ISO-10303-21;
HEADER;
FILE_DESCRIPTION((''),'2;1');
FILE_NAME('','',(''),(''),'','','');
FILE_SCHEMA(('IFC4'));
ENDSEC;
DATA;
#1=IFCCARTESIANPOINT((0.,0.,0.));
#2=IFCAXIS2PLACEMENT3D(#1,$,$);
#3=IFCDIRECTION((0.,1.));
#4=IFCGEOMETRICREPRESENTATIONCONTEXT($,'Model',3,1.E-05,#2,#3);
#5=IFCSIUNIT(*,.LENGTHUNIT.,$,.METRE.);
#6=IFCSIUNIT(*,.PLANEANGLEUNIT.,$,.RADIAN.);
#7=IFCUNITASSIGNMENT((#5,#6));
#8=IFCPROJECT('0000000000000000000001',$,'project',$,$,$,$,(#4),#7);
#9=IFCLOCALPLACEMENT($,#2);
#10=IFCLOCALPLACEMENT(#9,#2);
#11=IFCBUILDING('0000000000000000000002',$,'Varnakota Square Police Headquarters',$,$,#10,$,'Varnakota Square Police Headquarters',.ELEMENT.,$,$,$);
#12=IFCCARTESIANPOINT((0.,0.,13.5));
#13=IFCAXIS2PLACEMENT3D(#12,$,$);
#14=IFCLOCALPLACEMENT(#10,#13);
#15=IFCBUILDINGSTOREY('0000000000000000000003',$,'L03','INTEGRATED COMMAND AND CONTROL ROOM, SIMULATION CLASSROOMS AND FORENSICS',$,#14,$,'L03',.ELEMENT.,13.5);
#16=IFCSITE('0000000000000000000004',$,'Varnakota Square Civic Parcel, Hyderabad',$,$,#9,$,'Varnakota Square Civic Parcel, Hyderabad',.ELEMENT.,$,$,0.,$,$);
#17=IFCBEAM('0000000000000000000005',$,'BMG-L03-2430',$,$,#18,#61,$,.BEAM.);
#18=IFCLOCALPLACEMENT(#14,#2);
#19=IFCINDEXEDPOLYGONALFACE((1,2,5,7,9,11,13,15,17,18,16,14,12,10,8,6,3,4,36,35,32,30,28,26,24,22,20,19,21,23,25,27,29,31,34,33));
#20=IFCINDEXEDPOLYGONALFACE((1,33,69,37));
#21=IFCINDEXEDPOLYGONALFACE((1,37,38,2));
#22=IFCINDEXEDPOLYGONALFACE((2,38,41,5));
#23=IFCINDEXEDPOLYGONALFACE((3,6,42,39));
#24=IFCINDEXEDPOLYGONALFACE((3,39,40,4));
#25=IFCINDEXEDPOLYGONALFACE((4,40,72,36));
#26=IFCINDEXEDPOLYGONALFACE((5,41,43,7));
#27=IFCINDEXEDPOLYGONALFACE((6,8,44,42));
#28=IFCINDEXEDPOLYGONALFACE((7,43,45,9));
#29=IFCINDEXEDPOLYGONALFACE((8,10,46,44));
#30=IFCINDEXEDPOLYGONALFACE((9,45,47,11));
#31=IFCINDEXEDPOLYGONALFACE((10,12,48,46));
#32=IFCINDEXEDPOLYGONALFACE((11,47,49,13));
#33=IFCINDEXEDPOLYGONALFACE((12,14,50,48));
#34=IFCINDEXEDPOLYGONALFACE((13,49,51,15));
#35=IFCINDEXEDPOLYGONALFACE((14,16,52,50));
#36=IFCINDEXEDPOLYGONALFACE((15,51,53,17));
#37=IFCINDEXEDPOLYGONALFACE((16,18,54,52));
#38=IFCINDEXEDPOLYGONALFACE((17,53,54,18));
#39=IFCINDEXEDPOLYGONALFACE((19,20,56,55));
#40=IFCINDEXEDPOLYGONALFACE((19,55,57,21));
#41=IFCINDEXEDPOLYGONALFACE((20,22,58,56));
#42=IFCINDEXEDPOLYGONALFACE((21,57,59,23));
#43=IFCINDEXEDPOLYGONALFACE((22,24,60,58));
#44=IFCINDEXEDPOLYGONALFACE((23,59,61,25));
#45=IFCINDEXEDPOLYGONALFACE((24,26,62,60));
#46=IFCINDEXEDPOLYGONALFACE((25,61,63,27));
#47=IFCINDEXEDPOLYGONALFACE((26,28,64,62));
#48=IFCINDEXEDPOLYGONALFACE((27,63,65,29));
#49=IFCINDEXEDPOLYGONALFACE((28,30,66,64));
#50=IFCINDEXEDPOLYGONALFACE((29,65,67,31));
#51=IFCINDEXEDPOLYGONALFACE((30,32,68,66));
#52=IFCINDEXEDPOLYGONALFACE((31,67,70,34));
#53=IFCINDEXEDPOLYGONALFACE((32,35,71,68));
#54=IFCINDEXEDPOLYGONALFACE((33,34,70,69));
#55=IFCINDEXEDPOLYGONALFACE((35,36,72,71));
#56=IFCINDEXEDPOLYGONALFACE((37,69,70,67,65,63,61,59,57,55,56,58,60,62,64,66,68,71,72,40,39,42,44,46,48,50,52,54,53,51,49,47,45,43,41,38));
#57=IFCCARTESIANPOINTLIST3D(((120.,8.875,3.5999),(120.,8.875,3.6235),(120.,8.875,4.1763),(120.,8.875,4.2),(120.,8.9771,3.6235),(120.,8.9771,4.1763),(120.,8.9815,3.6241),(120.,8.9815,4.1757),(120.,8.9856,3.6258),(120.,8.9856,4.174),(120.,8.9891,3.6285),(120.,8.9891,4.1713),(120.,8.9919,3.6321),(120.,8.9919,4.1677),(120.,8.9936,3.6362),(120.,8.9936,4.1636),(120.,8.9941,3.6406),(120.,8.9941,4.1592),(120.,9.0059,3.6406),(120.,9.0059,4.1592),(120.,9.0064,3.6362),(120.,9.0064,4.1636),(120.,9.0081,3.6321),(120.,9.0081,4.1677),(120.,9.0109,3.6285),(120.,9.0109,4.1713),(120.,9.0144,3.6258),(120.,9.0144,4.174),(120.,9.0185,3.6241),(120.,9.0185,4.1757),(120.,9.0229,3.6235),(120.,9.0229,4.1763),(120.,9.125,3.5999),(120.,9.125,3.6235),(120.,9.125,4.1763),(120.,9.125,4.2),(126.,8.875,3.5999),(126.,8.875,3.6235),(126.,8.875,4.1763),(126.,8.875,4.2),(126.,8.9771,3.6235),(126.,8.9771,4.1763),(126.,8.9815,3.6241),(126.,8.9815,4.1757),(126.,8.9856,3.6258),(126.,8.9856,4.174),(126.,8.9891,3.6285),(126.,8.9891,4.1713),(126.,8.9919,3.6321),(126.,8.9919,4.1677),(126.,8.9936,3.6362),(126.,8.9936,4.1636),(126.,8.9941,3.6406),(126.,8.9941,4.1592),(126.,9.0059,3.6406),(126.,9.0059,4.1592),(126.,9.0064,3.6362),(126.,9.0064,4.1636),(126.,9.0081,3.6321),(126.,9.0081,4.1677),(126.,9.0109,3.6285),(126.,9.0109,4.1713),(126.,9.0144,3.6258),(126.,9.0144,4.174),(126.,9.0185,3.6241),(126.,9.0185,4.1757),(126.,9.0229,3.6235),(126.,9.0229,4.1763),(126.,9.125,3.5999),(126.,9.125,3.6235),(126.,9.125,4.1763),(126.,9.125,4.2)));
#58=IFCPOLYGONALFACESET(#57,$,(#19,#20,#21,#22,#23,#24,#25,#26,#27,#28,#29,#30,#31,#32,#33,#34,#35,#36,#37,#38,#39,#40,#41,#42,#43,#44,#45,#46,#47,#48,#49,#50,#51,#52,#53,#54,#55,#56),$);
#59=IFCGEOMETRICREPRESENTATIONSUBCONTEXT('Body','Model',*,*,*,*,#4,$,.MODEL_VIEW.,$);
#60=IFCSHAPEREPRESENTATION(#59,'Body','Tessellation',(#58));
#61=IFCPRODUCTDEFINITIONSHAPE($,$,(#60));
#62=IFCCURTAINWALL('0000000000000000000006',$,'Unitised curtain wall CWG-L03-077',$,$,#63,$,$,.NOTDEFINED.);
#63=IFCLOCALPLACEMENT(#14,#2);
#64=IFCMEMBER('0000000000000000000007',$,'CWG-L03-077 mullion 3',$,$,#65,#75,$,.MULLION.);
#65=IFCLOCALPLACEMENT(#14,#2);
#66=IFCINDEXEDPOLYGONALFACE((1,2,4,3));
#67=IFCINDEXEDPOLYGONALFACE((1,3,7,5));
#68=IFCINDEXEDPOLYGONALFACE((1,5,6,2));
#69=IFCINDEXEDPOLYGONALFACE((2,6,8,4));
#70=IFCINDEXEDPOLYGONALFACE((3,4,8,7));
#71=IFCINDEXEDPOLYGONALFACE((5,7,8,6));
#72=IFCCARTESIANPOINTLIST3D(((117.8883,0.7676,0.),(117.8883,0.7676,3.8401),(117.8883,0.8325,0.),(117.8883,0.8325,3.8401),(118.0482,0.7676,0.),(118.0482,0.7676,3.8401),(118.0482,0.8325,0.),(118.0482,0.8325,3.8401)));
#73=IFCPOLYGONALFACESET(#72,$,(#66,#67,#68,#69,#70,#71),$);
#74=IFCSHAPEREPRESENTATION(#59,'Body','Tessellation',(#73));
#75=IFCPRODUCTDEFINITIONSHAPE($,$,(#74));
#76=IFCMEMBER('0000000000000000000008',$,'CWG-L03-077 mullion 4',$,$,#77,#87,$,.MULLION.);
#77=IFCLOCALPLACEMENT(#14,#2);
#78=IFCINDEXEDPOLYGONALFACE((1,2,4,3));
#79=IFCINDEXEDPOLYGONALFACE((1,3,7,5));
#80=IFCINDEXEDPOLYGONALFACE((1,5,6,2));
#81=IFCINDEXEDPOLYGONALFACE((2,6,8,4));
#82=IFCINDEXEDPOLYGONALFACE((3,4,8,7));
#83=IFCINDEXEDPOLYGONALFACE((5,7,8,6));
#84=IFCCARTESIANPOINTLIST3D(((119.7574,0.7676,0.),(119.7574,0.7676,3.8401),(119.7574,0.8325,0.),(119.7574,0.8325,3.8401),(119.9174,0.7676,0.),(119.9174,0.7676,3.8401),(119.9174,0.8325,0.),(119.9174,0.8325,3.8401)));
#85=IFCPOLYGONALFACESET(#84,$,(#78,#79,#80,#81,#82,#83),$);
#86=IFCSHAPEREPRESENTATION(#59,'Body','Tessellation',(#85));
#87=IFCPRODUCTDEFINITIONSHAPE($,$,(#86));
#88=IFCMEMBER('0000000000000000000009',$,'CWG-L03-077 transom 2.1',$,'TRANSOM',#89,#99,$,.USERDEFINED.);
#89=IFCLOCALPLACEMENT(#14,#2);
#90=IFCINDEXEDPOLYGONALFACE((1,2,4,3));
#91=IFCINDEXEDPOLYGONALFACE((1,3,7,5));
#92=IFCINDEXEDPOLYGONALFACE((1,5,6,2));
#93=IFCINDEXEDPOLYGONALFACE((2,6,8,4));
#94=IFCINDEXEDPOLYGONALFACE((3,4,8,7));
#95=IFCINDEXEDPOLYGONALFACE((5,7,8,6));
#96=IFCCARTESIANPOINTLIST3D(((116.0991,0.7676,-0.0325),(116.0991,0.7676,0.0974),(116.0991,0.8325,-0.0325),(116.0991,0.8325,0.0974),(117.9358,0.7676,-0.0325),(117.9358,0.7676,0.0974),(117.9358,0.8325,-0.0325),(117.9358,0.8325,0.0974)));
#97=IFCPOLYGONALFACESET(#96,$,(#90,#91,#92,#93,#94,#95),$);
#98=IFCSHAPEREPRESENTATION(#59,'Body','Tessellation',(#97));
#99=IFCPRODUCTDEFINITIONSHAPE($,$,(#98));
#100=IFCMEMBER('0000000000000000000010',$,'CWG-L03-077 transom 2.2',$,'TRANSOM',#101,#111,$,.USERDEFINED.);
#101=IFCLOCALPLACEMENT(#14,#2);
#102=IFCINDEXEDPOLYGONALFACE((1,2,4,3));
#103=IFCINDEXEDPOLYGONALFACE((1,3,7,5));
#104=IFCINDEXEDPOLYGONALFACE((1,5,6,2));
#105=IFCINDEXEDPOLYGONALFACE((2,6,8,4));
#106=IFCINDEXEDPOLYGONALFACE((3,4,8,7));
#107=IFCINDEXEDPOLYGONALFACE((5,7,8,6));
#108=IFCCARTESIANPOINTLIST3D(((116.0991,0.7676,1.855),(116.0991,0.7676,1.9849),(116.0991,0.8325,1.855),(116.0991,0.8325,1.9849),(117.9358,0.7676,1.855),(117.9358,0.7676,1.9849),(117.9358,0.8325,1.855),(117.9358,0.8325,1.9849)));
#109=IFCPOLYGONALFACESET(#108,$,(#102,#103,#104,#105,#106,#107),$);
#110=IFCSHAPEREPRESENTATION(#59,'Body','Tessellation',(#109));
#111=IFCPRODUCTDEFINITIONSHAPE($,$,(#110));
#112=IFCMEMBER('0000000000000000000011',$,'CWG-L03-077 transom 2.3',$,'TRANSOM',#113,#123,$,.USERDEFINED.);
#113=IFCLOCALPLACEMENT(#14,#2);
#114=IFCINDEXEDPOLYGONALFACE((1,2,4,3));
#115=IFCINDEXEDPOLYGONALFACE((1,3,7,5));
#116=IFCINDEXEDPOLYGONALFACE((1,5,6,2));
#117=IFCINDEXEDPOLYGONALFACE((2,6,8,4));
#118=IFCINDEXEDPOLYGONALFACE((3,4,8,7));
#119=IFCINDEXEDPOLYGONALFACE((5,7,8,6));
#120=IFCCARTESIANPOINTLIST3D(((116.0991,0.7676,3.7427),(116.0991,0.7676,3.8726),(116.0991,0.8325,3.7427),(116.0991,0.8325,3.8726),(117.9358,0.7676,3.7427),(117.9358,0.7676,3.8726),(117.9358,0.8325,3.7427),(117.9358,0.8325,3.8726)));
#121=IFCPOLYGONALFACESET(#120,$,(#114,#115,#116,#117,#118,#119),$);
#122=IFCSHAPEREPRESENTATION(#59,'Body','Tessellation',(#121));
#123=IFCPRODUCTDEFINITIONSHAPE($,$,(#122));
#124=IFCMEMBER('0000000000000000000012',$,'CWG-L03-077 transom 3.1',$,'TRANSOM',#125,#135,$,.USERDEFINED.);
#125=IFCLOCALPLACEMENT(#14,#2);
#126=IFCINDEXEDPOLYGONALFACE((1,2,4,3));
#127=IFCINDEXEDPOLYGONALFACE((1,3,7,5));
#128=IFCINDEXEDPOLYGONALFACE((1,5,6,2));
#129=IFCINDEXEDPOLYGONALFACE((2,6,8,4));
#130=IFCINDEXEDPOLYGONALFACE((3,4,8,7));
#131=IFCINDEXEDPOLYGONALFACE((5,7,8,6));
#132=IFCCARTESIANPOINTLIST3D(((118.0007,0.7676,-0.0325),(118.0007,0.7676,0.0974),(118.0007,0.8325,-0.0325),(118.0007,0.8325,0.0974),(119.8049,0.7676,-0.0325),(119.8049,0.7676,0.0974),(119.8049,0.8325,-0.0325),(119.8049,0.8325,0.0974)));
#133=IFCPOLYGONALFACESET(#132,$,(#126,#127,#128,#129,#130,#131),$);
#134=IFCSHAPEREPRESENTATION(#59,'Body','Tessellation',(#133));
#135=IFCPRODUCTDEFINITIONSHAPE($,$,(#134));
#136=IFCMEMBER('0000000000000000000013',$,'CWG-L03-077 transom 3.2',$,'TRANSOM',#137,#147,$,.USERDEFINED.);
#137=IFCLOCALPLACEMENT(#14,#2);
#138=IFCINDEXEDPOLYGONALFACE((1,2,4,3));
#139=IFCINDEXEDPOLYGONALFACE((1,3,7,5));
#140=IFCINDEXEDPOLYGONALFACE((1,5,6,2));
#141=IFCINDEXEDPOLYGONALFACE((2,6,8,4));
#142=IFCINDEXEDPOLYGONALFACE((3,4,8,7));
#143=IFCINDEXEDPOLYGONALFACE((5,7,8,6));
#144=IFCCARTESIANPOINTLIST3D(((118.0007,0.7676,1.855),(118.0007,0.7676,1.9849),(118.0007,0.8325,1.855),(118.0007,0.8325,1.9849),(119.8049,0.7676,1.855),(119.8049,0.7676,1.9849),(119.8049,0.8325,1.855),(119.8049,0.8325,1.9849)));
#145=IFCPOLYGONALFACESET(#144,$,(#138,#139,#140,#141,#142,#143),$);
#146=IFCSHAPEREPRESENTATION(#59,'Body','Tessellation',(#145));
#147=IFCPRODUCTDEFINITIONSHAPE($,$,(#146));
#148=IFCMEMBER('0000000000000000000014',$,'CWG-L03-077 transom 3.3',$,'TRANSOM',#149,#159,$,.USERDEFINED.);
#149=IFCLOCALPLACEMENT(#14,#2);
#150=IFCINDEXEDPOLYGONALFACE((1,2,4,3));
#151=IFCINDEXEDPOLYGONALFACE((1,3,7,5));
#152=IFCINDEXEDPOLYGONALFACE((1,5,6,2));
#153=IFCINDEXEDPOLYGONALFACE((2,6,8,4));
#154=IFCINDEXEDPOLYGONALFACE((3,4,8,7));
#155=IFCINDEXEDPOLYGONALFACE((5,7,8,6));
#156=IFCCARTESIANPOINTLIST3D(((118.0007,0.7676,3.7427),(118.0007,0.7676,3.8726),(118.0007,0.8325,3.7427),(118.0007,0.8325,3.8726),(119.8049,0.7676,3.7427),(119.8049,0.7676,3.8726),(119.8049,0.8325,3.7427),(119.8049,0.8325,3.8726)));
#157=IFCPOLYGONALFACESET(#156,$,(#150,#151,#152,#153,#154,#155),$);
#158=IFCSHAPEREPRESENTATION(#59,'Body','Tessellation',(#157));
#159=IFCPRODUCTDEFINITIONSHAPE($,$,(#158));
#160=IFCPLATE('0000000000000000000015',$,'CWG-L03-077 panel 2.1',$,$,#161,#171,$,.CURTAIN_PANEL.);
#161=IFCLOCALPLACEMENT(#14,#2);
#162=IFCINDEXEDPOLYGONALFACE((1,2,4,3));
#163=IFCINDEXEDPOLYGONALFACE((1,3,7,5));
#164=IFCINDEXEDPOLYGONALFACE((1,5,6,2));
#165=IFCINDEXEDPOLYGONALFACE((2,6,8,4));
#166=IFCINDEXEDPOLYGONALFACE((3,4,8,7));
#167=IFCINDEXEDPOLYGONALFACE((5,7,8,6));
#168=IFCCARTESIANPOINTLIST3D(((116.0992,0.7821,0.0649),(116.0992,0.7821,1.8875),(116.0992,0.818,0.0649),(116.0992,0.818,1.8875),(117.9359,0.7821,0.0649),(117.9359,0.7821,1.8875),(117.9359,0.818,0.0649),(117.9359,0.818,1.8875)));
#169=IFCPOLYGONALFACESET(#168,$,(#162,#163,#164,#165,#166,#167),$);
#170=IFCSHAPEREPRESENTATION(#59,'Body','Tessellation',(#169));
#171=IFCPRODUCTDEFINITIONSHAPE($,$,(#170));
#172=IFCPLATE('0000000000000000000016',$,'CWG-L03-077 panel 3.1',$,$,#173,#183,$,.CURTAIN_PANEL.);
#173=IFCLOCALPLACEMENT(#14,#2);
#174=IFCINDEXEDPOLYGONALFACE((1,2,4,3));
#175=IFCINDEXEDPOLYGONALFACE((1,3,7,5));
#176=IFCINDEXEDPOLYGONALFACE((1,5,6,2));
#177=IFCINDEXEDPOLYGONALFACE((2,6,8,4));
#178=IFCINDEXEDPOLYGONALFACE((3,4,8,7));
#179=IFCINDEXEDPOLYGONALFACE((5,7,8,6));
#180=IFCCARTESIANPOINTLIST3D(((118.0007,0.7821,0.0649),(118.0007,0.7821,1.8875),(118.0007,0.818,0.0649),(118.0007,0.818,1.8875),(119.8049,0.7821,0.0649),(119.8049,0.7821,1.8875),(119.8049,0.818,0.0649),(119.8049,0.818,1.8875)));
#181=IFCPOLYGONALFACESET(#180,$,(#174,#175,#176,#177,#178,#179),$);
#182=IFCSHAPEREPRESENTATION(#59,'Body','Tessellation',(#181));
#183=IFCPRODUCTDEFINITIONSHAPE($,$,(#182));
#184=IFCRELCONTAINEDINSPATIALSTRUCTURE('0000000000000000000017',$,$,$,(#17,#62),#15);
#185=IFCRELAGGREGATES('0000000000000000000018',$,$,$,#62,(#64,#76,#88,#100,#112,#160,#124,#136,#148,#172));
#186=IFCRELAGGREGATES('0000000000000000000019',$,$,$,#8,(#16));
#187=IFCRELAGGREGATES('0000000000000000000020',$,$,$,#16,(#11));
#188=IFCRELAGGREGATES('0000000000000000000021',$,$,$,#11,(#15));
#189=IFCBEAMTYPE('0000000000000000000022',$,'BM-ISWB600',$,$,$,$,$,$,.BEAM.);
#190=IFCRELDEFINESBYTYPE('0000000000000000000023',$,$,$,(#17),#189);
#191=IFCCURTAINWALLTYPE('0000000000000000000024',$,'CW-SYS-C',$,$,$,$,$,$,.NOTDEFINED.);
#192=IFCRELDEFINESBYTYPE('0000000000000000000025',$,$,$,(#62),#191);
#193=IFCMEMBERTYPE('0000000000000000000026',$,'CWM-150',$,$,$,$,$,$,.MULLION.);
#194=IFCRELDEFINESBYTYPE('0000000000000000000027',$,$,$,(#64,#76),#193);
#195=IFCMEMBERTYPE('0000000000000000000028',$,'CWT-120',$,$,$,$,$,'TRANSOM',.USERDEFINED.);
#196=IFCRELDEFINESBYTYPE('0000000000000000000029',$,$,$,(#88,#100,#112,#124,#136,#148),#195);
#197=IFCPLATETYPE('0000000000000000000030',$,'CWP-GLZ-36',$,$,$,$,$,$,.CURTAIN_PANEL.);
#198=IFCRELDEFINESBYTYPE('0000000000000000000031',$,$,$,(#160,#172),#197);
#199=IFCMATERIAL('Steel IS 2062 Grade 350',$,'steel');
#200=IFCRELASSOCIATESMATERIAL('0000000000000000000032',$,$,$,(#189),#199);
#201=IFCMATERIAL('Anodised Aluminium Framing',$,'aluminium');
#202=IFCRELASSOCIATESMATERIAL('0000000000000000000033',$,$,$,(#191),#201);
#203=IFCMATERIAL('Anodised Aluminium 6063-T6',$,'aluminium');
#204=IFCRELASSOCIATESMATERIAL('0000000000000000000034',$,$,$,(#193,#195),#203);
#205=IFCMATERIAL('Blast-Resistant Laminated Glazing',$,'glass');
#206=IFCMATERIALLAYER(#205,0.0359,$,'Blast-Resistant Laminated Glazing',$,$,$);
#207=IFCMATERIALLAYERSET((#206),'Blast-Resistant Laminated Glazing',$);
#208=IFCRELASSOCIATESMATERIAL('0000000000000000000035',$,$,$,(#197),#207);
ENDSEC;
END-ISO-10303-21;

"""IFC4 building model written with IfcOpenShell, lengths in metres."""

from ifc_helpers import new_model, si_unit, direction, frame, origin, origin_2d, place, context, subcontext, project, spatial, rectangle, i_section, extrude, material, layer, layer_set, material_profile, profile_set, type_object, element, aggregate, save


model = new_model("IFC4")

# Units and contexts
model_context = context("Model", 3, precision=1e-05, world=origin(), true_north=direction((0.0, 1.0)))
body_context = subcontext(model_context, "Body", "Model", "MODEL_VIEW")
ifc_project = project(units=[si_unit("LENGTHUNIT", "METRE"), si_unit("PLANEANGLEUNIT", "RADIAN")], contexts=[model_context])

# Site, building, storey
site_placement = place(None, origin())
site = spatial("IfcSite", under=ifc_project, at=site_placement, Name="Varnakota Square Civic Parcel, Hyderabad", LongName="Varnakota Square Civic Parcel, Hyderabad", CompositionType="ELEMENT", RefElevation=0.0)
building_placement = place(site_placement, origin())
building = spatial("IfcBuilding", under=site, at=building_placement, Name="Varnakota Square Police Headquarters", LongName="Varnakota Square Police Headquarters", CompositionType="ELEMENT")
storey_placement = place(building_placement, frame((0.0, 0.0, 13.5)))
storey = spatial("IfcBuildingStorey", under=building, at=storey_placement, Name="L03", Description="INTEGRATED COMMAND AND CONTROL ROOM, SIMULATION CLASSROOMS AND FORENSICS", LongName="L03", CompositionType="ELEMENT", Elevation=13.5)

# Shared definitions
ifc_material_1 = material(Name="Steel IS 2062 Grade 350", Category="steel")

# Beam
ifc_material_profile_1 = material_profile(ifc_material_1, i_section(OverallWidth=0.25, OverallDepth=0.6001, WebThickness=0.0117, FlangeThickness=0.0237, FilletRadius=0.0171, at=origin_2d()), Name="ISWB 600")
ifc_profile_set_1 = profile_set([ifc_material_profile_1], Name="Steel IS 2062 Grade 350")
beam_type_1 = type_object("IfcBeamType", Name="BM-ISWB600", PredefinedType="BEAM", material=ifc_profile_set_1)
beam_1_placement = place(storey_placement, frame((120.0, 9.0, 3.8999), z_axis=(1.0, 0.0, 0.0), x_axis=(0.0, 1.0, 0.0)))
element("IfcBeam", 1, at=beam_1_placement, inside=storey, type_object=beam_type_1, Name="BMG-L03-2430", PredefinedType="BEAM", context=body_context, shape_type="SweptSolid", body=[
    extrude(i_section(OverallWidth=0.25, OverallDepth=0.6001, WebThickness=0.0117, FlangeThickness=0.0237, FilletRadius=0.0171, at=origin_2d()), origin(), (0.0, 0.0, 1.0), 6.0),
])

# Curtain wall, members, plates
ifc_material_2 = material(Name="Anodised Aluminium Framing", Category="aluminium")
curtain_wall_type = type_object("IfcCurtainWallType", Name="CW-SYS-C", PredefinedType="NOTDEFINED", material=ifc_material_2)
curtain_wall_placement = place(storey_placement, origin())
curtain_wall = element("IfcCurtainWall", 2, at=curtain_wall_placement, inside=storey, type_object=curtain_wall_type, Name="Unitised curtain wall CWG-L03-077", PredefinedType="NOTDEFINED")
ifc_material_3 = material(Name="Anodised Aluminium 6063-T6", Category="aluminium")
ifc_material_profile_2 = material_profile(ifc_material_3, rectangle(XDim=0.0649, YDim=0.1599, at=origin_2d()), Name="ALU MULLION 65x160")
ifc_profile_set_2 = profile_set([ifc_material_profile_2], Name="Anodised Aluminium 6063-T6")
member_type_1 = type_object("IfcMemberType", Name="CWM-150", PredefinedType="MULLION", material=ifc_profile_set_2)
member_1_placement = place(storey_placement, frame((117.9683, 0.8, 0.0), z_axis=(0.0, 0.0, 1.0), x_axis=(0.0, 1.0, 0.0)))
member_1 = element("IfcMember", 3, at=member_1_placement, type_object=member_type_1, Name="CWG-L03-077 mullion 3", PredefinedType="MULLION", context=body_context, shape_type="SweptSolid", body=[
    extrude(rectangle(XDim=0.0649, YDim=0.1599, at=origin_2d()), origin(), (0.0, 0.0, 1.0), 3.8401),
])
member_2_placement = place(storey_placement, frame((119.8374, 0.8, 0.0), z_axis=(0.0, 0.0, 1.0), x_axis=(0.0, 1.0, 0.0)))
member_2 = element("IfcMember", 4, at=member_2_placement, type_object=member_type_1, Name="CWG-L03-077 mullion 4", PredefinedType="MULLION", context=body_context, shape_type="SweptSolid", body=[
    extrude(rectangle(XDim=0.0649, YDim=0.1599, at=origin_2d()), origin(), (0.0, 0.0, 1.0), 3.8401),
])
ifc_material_profile_3 = material_profile(ifc_material_3, rectangle(XDim=0.0649, YDim=0.1299, at=origin_2d()), Name="ALU TRANSOM 65x130")
ifc_profile_set_3 = profile_set([ifc_material_profile_3], Name="Anodised Aluminium 6063-T6")
member_type_2 = type_object("IfcMemberType", Name="CWT-120", ElementType="TRANSOM", PredefinedType="USERDEFINED", material=ifc_profile_set_3)
member_3_placement = place(storey_placement, frame((116.0991, 0.8, 0.0325), z_axis=(1.0, 0.0, 0.0), x_axis=(0.0, 1.0, 0.0)))
member_3 = element("IfcMember", 5, at=member_3_placement, type_object=member_type_2, Name="CWG-L03-077 transom 2.1", ObjectType="TRANSOM", PredefinedType="USERDEFINED", context=body_context, shape_type="SweptSolid", body=[
    extrude(rectangle(XDim=0.0649, YDim=0.1299, at=origin_2d()), origin(), (0.0, 0.0, 1.0), 1.8367),
])
member_4_placement = place(storey_placement, frame((116.0991, 0.8, 1.9199), z_axis=(1.0, 0.0, 0.0), x_axis=(0.0, 1.0, 0.0)))
member_4 = element("IfcMember", 6, at=member_4_placement, type_object=member_type_2, Name="CWG-L03-077 transom 2.2", ObjectType="TRANSOM", PredefinedType="USERDEFINED", context=body_context, shape_type="SweptSolid", body=[
    extrude(rectangle(XDim=0.0649, YDim=0.1299, at=origin_2d()), origin(), (0.0, 0.0, 1.0), 1.8367),
])
member_5_placement = place(storey_placement, frame((116.0991, 0.8, 3.8076), z_axis=(1.0, 0.0, 0.0), x_axis=(0.0, 1.0, 0.0)))
member_5 = element("IfcMember", 7, at=member_5_placement, type_object=member_type_2, Name="CWG-L03-077 transom 2.3", ObjectType="TRANSOM", PredefinedType="USERDEFINED", context=body_context, shape_type="SweptSolid", body=[
    extrude(rectangle(XDim=0.0649, YDim=0.1299, at=origin_2d()), origin(), (0.0, 0.0, 1.0), 1.8367),
])
member_6_placement = place(storey_placement, frame((118.0007, 0.8, 0.0325), z_axis=(1.0, 0.0, 0.0), x_axis=(0.0, 1.0, 0.0)))
member_6 = element("IfcMember", 8, at=member_6_placement, type_object=member_type_2, Name="CWG-L03-077 transom 3.1", ObjectType="TRANSOM", PredefinedType="USERDEFINED", context=body_context, shape_type="SweptSolid", body=[
    extrude(rectangle(XDim=0.0649, YDim=0.1299, at=origin_2d()), origin(), (0.0, 0.0, 1.0), 1.8042),
])
member_7_placement = place(storey_placement, frame((118.0007, 0.8, 1.9199), z_axis=(1.0, 0.0, 0.0), x_axis=(0.0, 1.0, 0.0)))
member_7 = element("IfcMember", 9, at=member_7_placement, type_object=member_type_2, Name="CWG-L03-077 transom 3.2", ObjectType="TRANSOM", PredefinedType="USERDEFINED", context=body_context, shape_type="SweptSolid", body=[
    extrude(rectangle(XDim=0.0649, YDim=0.1299, at=origin_2d()), origin(), (0.0, 0.0, 1.0), 1.8042),
])
member_8_placement = place(storey_placement, frame((118.0007, 0.8, 3.8076), z_axis=(1.0, 0.0, 0.0), x_axis=(0.0, 1.0, 0.0)))
member_8 = element("IfcMember", 10, at=member_8_placement, type_object=member_type_2, Name="CWG-L03-077 transom 3.3", ObjectType="TRANSOM", PredefinedType="USERDEFINED", context=body_context, shape_type="SweptSolid", body=[
    extrude(rectangle(XDim=0.0649, YDim=0.1299, at=origin_2d()), origin(), (0.0, 0.0, 1.0), 1.8042),
])
ifc_material_4 = material(Name="Blast-Resistant Laminated Glazing", Category="glass")
ifc_layer_1 = layer(ifc_material_4, 0.0359, Name="Blast-Resistant Laminated Glazing")
ifc_layer_set_1 = layer_set([ifc_layer_1], Name="Blast-Resistant Laminated Glazing")
plate_type_1 = type_object("IfcPlateType", Name="CWP-GLZ-36", PredefinedType="CURTAIN_PANEL", material=ifc_layer_set_1)
plate_1_placement = place(storey_placement, frame((117.0176, 0.8, 0.0649), z_axis=(0.0, 0.0, 1.0), x_axis=(1.0, 0.0, 0.0)))
plate_1 = element("IfcPlate", 11, at=plate_1_placement, type_object=plate_type_1, Name="CWG-L03-077 panel 2.1", PredefinedType="CURTAIN_PANEL", context=body_context, shape_type="SweptSolid", body=[
    extrude(rectangle(XDim=1.8367, YDim=0.0359, at=origin_2d()), origin(), (0.0, 0.0, 1.0), 1.8225),
])
plate_2_placement = place(storey_placement, frame((118.9028, 0.8, 0.0649), z_axis=(0.0, 0.0, 1.0), x_axis=(1.0, 0.0, 0.0)))
plate_2 = element("IfcPlate", 12, at=plate_2_placement, type_object=plate_type_1, Name="CWG-L03-077 panel 3.1", PredefinedType="CURTAIN_PANEL", context=body_context, shape_type="SweptSolid", body=[
    extrude(rectangle(XDim=1.8042, YDim=0.0359, at=origin_2d()), origin(), (0.0, 0.0, 1.0), 1.8225),
])
aggregate(curtain_wall, [member_1, member_2, member_3, member_4, member_5, plate_1, member_6, member_7, member_8, plate_2])

save(model, "model.ifc")
